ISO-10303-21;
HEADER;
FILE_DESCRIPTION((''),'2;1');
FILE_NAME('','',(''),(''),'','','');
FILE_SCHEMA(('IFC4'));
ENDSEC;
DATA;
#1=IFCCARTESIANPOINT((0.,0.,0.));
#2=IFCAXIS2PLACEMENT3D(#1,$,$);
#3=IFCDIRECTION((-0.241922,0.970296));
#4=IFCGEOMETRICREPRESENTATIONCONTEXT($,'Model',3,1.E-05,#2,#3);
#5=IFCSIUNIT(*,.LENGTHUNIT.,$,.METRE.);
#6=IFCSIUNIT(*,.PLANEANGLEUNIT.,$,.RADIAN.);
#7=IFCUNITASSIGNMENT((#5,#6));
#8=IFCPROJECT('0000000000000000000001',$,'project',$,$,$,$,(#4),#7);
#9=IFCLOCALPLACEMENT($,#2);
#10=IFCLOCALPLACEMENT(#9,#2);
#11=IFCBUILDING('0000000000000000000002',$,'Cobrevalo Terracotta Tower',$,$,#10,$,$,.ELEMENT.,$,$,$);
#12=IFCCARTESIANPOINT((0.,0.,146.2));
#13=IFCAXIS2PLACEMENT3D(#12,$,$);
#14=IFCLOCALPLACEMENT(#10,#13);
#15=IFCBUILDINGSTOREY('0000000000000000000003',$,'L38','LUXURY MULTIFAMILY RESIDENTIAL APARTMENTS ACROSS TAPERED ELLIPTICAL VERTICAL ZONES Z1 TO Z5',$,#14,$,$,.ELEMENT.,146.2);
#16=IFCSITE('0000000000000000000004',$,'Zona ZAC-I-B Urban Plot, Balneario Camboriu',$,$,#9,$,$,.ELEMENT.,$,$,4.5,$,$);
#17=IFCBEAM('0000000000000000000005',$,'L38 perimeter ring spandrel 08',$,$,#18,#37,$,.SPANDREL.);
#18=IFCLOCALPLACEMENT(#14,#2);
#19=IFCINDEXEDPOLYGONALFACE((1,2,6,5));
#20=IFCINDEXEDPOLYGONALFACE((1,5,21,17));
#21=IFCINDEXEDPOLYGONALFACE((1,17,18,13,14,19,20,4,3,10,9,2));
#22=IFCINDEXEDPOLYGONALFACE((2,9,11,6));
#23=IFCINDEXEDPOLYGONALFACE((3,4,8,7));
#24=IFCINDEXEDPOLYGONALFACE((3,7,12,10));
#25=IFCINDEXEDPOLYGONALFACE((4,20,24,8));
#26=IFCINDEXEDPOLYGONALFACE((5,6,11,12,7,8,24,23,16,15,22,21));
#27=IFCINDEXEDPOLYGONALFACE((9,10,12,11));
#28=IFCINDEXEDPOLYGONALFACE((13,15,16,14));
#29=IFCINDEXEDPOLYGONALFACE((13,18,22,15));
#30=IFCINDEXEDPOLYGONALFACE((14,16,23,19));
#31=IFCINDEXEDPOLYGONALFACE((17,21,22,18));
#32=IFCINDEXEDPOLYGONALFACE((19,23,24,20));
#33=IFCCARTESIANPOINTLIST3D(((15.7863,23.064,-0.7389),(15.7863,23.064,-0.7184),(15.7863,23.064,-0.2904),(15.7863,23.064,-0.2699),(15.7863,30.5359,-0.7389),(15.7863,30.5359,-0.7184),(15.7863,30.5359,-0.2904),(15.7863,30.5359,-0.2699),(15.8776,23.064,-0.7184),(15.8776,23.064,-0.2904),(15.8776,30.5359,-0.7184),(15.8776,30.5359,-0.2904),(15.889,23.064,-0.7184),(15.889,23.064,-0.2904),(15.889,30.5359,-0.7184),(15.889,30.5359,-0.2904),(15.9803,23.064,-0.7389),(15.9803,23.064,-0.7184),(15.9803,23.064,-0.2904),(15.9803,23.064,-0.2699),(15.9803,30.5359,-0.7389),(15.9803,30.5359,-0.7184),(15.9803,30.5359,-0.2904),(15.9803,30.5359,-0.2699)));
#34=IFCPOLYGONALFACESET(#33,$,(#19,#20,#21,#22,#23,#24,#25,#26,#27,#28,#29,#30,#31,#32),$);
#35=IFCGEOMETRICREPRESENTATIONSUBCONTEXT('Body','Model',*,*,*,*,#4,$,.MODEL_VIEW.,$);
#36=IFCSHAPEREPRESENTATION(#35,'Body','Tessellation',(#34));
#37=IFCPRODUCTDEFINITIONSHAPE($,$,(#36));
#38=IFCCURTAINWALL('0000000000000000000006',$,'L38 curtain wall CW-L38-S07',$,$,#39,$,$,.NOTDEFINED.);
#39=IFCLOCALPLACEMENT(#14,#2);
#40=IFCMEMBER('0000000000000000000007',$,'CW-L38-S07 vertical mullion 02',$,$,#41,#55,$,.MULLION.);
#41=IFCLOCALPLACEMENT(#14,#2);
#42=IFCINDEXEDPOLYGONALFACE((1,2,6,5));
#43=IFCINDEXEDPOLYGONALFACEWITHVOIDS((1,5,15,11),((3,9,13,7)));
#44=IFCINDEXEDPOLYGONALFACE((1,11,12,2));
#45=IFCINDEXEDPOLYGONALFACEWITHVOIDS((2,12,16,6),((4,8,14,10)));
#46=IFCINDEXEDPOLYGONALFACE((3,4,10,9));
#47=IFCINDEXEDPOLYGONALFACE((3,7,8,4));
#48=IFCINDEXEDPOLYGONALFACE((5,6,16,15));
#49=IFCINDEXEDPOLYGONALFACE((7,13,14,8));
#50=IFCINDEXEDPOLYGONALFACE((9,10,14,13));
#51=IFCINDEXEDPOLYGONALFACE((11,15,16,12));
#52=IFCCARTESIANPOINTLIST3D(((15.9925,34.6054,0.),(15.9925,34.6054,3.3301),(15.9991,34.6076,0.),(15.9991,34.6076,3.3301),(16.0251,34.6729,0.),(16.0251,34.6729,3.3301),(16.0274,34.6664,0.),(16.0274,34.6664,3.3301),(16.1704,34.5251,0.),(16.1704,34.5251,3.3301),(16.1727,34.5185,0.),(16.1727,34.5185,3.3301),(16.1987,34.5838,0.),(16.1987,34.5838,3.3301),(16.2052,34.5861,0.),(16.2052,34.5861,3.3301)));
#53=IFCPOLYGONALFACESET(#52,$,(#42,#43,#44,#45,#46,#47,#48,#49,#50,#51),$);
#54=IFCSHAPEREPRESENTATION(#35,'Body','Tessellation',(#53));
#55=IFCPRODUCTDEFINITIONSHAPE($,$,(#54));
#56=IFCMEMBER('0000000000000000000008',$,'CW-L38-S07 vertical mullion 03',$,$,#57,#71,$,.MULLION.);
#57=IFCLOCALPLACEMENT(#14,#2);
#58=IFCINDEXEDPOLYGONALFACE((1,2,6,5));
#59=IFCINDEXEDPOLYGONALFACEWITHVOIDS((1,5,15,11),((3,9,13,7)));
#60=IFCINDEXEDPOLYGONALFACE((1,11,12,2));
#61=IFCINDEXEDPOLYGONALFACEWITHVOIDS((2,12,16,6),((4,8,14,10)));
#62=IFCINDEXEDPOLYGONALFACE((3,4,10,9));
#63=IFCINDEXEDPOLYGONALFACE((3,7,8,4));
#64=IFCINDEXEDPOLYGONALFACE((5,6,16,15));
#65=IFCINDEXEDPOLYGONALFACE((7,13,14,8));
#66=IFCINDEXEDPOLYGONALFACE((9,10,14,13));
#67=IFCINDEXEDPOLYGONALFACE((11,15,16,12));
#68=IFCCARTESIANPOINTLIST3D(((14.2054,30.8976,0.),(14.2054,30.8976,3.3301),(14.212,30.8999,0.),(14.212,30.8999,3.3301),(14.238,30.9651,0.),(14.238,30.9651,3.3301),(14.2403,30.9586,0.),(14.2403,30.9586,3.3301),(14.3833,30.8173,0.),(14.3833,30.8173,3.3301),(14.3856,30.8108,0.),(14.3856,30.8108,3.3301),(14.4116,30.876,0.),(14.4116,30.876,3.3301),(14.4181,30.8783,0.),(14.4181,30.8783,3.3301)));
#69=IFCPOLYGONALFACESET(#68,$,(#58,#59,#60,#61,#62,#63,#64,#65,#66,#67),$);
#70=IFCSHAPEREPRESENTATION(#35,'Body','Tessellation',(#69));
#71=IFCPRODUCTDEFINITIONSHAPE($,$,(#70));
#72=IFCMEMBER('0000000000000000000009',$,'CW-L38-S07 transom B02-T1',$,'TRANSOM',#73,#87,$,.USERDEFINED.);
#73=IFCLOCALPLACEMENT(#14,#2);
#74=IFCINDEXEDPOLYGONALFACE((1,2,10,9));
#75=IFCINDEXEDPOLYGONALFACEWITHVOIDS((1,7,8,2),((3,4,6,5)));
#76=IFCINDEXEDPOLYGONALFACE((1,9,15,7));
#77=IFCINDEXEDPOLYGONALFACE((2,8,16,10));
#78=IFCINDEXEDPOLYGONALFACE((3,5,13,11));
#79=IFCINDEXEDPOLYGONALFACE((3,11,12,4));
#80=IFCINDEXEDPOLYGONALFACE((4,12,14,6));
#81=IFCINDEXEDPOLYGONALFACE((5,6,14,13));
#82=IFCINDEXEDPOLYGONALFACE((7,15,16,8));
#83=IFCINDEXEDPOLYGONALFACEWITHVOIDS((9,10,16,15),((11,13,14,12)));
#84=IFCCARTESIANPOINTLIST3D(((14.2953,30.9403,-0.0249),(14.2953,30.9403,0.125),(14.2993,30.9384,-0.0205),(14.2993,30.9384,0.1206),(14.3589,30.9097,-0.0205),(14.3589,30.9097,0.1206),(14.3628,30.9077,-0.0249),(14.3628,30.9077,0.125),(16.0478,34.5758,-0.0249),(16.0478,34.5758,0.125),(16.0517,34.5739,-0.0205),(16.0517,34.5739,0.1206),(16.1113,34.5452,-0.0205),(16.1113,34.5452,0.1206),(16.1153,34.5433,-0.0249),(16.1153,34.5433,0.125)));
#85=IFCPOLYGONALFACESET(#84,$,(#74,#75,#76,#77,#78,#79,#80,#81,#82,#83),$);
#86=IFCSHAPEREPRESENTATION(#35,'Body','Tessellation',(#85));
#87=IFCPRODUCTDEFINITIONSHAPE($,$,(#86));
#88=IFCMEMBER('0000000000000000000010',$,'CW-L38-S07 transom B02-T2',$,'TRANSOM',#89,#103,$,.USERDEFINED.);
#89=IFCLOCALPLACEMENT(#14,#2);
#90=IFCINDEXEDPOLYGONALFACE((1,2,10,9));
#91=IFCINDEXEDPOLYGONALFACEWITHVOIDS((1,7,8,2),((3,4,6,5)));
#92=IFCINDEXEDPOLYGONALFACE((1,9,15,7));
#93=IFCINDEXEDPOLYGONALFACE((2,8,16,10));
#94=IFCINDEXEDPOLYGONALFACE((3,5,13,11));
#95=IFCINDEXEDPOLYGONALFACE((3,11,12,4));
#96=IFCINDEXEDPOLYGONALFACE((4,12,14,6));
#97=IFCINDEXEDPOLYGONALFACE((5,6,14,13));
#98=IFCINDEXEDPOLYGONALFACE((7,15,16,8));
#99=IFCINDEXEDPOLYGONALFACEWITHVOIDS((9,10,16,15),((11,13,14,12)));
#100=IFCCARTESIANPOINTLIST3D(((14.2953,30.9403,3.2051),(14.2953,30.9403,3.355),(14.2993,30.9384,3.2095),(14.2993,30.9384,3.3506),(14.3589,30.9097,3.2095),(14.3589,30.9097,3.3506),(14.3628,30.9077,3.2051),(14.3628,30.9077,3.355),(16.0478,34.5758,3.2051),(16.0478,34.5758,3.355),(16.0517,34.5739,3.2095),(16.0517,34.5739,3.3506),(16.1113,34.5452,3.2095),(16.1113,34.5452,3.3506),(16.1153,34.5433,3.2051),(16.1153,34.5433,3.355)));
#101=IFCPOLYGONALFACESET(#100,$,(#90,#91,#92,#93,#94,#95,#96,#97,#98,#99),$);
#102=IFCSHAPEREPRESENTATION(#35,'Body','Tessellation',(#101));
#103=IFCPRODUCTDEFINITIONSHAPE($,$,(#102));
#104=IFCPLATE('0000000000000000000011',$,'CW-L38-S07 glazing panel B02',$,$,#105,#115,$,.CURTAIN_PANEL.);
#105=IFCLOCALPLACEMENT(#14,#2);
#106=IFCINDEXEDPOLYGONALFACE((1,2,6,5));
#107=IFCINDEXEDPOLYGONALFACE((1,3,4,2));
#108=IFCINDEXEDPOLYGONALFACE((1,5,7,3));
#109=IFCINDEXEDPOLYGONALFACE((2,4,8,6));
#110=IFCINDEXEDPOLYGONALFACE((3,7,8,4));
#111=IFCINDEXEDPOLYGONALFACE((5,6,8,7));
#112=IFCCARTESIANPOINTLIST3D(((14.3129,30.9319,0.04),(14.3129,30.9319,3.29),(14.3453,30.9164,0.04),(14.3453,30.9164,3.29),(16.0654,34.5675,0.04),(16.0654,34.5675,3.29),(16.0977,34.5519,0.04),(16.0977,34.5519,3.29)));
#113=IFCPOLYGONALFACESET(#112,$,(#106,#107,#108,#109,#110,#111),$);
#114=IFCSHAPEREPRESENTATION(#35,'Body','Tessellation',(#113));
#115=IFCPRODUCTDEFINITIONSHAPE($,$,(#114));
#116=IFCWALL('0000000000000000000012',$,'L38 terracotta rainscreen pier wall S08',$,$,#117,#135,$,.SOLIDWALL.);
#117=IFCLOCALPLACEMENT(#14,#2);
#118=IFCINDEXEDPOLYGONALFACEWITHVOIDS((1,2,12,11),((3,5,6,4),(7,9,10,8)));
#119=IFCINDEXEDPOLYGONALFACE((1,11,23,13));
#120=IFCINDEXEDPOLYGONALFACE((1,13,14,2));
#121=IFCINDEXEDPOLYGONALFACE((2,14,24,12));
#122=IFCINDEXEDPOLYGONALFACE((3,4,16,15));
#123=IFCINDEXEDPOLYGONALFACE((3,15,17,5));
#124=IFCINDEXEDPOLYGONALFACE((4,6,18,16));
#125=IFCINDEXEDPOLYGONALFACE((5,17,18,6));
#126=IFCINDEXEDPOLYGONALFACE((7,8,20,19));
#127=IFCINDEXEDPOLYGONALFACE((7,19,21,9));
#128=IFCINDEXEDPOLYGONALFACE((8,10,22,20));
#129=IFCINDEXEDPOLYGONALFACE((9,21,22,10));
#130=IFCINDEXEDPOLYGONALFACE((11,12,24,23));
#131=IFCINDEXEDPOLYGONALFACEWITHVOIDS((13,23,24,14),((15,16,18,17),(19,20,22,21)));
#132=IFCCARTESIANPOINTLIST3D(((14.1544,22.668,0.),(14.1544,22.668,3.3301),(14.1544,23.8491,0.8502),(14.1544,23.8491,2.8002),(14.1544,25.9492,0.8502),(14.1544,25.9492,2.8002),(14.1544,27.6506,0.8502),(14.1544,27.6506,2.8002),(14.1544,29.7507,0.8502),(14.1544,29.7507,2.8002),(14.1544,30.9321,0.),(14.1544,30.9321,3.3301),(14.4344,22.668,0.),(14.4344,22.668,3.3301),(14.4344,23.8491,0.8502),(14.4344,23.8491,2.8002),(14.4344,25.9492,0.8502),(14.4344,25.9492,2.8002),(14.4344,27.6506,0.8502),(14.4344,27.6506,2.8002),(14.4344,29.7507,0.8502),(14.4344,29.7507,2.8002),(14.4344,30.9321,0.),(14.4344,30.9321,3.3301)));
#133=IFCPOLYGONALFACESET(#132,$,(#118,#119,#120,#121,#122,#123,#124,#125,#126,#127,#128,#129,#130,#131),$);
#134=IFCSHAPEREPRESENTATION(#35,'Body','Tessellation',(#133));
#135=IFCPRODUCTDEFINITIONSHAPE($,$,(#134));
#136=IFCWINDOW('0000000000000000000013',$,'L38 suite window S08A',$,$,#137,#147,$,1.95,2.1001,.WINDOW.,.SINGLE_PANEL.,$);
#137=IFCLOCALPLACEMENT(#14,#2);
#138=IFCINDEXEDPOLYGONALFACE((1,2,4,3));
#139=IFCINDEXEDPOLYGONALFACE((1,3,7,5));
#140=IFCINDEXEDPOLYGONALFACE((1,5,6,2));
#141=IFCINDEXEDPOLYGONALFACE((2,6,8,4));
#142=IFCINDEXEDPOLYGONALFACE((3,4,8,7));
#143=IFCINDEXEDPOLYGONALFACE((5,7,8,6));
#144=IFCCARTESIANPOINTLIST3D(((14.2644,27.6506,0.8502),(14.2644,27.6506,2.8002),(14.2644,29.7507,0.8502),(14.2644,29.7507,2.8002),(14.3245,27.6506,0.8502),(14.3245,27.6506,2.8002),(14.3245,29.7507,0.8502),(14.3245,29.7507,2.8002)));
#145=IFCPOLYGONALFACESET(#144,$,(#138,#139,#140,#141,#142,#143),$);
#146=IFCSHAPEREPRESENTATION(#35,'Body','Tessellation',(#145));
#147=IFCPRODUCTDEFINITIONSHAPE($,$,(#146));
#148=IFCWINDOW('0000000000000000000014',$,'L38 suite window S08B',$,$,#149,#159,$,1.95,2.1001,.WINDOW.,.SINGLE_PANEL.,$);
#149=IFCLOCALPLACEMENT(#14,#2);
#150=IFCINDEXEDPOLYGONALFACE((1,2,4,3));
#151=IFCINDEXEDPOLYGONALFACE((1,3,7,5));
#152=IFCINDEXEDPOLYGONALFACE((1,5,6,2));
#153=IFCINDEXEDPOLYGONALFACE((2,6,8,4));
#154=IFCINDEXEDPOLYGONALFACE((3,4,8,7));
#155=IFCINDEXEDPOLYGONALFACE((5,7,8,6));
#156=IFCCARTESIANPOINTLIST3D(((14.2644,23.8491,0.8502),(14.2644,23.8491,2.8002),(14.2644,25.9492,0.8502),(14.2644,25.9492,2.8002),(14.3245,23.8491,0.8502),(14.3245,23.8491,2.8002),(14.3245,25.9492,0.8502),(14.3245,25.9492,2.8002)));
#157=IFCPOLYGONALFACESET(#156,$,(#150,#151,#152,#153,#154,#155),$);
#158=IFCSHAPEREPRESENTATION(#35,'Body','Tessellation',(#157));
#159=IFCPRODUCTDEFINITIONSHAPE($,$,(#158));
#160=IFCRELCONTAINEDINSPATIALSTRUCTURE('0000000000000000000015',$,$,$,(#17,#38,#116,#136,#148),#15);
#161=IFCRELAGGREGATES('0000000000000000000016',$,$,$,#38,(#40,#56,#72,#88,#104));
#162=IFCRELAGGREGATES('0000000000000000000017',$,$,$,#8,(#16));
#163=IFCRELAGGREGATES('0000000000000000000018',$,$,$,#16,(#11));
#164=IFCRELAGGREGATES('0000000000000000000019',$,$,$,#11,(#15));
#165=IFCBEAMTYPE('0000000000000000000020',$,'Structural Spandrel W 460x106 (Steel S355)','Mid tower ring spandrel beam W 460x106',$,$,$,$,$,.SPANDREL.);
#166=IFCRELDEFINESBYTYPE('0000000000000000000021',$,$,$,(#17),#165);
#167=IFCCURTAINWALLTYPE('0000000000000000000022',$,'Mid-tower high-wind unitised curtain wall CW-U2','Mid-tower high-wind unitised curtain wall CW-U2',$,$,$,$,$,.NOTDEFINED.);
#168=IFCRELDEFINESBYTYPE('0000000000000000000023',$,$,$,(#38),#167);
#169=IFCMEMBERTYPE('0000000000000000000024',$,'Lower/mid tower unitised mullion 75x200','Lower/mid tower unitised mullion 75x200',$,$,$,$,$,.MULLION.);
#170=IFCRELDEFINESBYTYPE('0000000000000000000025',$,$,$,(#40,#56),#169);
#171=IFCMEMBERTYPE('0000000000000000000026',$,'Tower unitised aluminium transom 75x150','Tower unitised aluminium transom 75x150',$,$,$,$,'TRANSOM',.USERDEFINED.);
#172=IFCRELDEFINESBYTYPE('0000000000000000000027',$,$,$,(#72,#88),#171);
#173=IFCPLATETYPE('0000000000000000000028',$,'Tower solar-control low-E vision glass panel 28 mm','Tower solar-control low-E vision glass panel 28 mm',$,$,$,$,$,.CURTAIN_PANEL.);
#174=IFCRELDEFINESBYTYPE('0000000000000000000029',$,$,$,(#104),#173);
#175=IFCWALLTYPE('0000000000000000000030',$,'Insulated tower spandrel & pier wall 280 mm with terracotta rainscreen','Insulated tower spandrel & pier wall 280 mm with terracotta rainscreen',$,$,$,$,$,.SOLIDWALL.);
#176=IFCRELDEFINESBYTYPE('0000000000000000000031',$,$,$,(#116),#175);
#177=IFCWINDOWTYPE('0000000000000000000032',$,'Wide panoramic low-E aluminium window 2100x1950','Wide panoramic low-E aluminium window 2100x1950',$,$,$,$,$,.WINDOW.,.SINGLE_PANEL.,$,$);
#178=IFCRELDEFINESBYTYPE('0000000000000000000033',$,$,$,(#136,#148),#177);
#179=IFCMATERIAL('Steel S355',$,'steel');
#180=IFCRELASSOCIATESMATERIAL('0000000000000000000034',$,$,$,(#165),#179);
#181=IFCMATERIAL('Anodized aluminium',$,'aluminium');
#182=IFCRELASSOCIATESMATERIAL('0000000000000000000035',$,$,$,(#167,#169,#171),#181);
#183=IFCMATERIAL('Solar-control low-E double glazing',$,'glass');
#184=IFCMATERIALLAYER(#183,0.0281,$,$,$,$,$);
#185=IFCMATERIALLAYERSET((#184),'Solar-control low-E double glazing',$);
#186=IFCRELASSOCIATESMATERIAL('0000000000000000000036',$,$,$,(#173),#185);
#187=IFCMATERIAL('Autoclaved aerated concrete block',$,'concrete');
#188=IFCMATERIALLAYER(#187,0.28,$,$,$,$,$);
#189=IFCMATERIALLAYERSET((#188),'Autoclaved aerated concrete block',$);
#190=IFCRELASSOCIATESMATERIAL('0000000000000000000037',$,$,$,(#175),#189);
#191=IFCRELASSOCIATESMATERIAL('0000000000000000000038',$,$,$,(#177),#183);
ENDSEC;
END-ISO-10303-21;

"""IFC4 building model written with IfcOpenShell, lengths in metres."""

from ifc_helpers import new_model, si_unit, direction, frame, frame_2d, origin, origin_2d, place, context, subcontext, project, spatial, rectangle, hollow_rectangle, i_section, extrude, source, transform, mapped, material, layer, layer_set, material_profile, profile_set, type_object, element, fill, aggregate, save


model = new_model("IFC4")

# Units and contexts
model_context = context("Model", 3, precision=1e-05, world=origin(), true_north=direction((-0.241922, 0.970296)))
body_context = subcontext(model_context, "Body", "Model", "MODEL_VIEW")
ifc_project = project(units=[si_unit("LENGTHUNIT", "METRE"), si_unit("PLANEANGLEUNIT", "RADIAN")], contexts=[model_context])

# Site, building, storey
site_placement = place(None, origin())
site = spatial("IfcSite", under=ifc_project, at=site_placement, Name="Zona ZAC-I-B Urban Plot, Balneario Camboriu", CompositionType="ELEMENT", RefElevation=4.5)
building_placement = place(site_placement, origin())
building = spatial("IfcBuilding", under=site, at=building_placement, Name="Cobrevalo Terracotta Tower", CompositionType="ELEMENT")
storey_placement = place(building_placement, frame((0.0, 0.0, 146.2)))
storey = spatial("IfcBuildingStorey", under=building, at=storey_placement, Name="L38", Description="LUXURY MULTIFAMILY RESIDENTIAL APARTMENTS ACROSS TAPERED ELLIPTICAL VERTICAL ZONES Z1 TO Z5", CompositionType="ELEMENT", Elevation=146.2)

# Shared definitions
ifc_material_1 = material(Name="Steel S355", Category="steel")

# Beam
ifc_material_profile_1 = material_profile(ifc_material_1, i_section(OverallWidth=0.1941, OverallDepth=0.469, WebThickness=0.0115, FlangeThickness=0.0205, at=origin_2d()), Name="W 460x106")
ifc_profile_set_1 = profile_set([ifc_material_profile_1], Name="Steel S355")
beam_type_1 = type_object("IfcBeamType", Name="Structural Spandrel W 460x106 (Steel S355)", Description="Mid tower ring spandrel beam W 460x106", PredefinedType="SPANDREL", material=ifc_profile_set_1)
beam_1_placement = place(storey_placement, frame((15.8833, 30.5359, -0.5044), z_axis=(0.0, -1.0, 0.0), x_axis=(1.0, 0.0, 0.0)))
element("IfcBeam", 1, at=beam_1_placement, inside=storey, type_object=beam_type_1, Name="L38 perimeter ring spandrel 08", PredefinedType="SPANDREL", context=body_context, shape_type="SweptSolid", body=[
    extrude(i_section(OverallWidth=0.1941, OverallDepth=0.469, WebThickness=0.0115, FlangeThickness=0.0205, at=origin_2d()), origin(), (0.0, 0.0, 1.0), 7.4719),
])

# Curtain wall, members, plate
ifc_material_2 = material(Name="Anodized aluminium", Category="aluminium")
curtain_wall_type = type_object("IfcCurtainWallType", Name="Mid-tower high-wind unitised curtain wall CW-U2", Description="Mid-tower high-wind unitised curtain wall CW-U2", PredefinedType="NOTDEFINED", material=ifc_material_2)
curtain_wall_placement = place(storey_placement, origin())
curtain_wall = element("IfcCurtainWall", 2, at=curtain_wall_placement, inside=storey, type_object=curtain_wall_type, Name="L38 curtain wall CW-L38-S07", PredefinedType="NOTDEFINED")
ifc_material_profile_2 = material_profile(ifc_material_2, hollow_rectangle(XDim=0.075, YDim=0.2, WallThickness=0.0049, at=origin_2d()), Name="CWM 75x200")
ifc_profile_set_2 = profile_set([ifc_material_profile_2], Name="Anodized aluminium")
member_type_1 = type_object("IfcMemberType", Name="Lower/mid tower unitised mullion 75x200", Description="Lower/mid tower unitised mullion 75x200", PredefinedType="MULLION", material=ifc_profile_set_2)
shared_shape_1 = source(origin(), body_context, "Body", "SweptSolid", [
    extrude(hollow_rectangle(XDim=0.075, YDim=0.2, WallThickness=0.0049, at=origin_2d()), origin(), (0.0, 0.0, 1.0), 3.3301),
])
member_1_placement = place(storey_placement, frame((16.0989, 34.5957, 0.0), z_axis=(0.0, 0.0, 1.0), x_axis=(-0.434209, -0.900812, 0.0)))
member_1 = element("IfcMember", 3, at=member_1_placement, type_object=member_type_1, Name="CW-L38-S07 vertical mullion 02", PredefinedType="MULLION", context=body_context, shape_type="MappedRepresentation", body=[
    mapped(shared_shape_1, transform((0.0, 0.0, 0.0), scale=1.0)),
])
member_2_placement = place(storey_placement, frame((14.3118, 30.8879, 0.0), z_axis=(0.0, 0.0, 1.0), x_axis=(-0.434209, -0.900812, 0.0)))
member_2 = element("IfcMember", 4, at=member_2_placement, type_object=member_type_1, Name="CW-L38-S07 vertical mullion 03", PredefinedType="MULLION", context=body_context, shape_type="MappedRepresentation", body=[
    mapped(shared_shape_1, transform((0.0, 0.0, 0.0), scale=1.0)),
])
ifc_material_profile_3 = material_profile(ifc_material_2, hollow_rectangle(XDim=0.075, YDim=0.1499, WallThickness=0.0044, at=origin_2d()), Name="CWT 75x150")
ifc_profile_set_3 = profile_set([ifc_material_profile_3], Name="Anodized aluminium")
member_type_2 = type_object("IfcMemberType", Name="Tower unitised aluminium transom 75x150", Description="Tower unitised aluminium transom 75x150", ElementType="TRANSOM", PredefinedType="USERDEFINED", material=ifc_profile_set_3)
shared_shape_2 = source(origin(), body_context, "Body", "SweptSolid", [
    extrude(hollow_rectangle(XDim=0.075, YDim=0.1499, WallThickness=0.0044, at=origin_2d()), origin(), (0.0, 0.0, 1.0), 4.0359),
])
member_3_placement = place(storey_placement, frame((16.0815, 34.5596, 0.05), z_axis=(-0.434221, -0.900806, 0.0), x_axis=(0.900806, -0.434221, 0.0)))
member_3 = element("IfcMember", 5, at=member_3_placement, type_object=member_type_2, Name="CW-L38-S07 transom B02-T1", ObjectType="TRANSOM", PredefinedType="USERDEFINED", context=body_context, shape_type="MappedRepresentation", body=[
    mapped(shared_shape_2, transform((0.0, 0.0, 0.0), scale=1.0)),
])
member_4_placement = place(storey_placement, frame((16.0815, 34.5596, 3.28), z_axis=(-0.434221, -0.900806, 0.0), x_axis=(0.900806, -0.434221, 0.0)))
member_4 = element("IfcMember", 6, at=member_4_placement, type_object=member_type_2, Name="CW-L38-S07 transom B02-T2", ObjectType="TRANSOM", PredefinedType="USERDEFINED", context=body_context, shape_type="MappedRepresentation", body=[
    mapped(shared_shape_2, transform((0.0, 0.0, 0.0), scale=1.0)),
])
ifc_material_3 = material(Name="Solar-control low-E double glazing", Category="glass")
ifc_layer_1 = layer(ifc_material_3, 0.0281)
ifc_layer_set_1 = layer_set([ifc_layer_1], Name="Solar-control low-E double glazing")
plate_type = type_object("IfcPlateType", Name="Tower solar-control low-E vision glass panel 28 mm", Description="Tower solar-control low-E vision glass panel 28 mm", PredefinedType="CURTAIN_PANEL", material=ifc_layer_set_1)
shared_shape_3 = source(origin(), body_context, "Body", "SweptSolid", [
    extrude(rectangle(XDim=4.0359, YDim=0.0359, at=origin_2d()), origin(), (0.0, 0.0, 1.0), 3.25),
])
plate_placement = place(storey_placement, frame((15.2053, 32.7419, 0.04), z_axis=(0.0, 0.0, 1.0), x_axis=(-0.434209, -0.900812, 0.0)))
plate = element("IfcPlate", 7, at=plate_placement, type_object=plate_type, Name="CW-L38-S07 glazing panel B02", PredefinedType="CURTAIN_PANEL", context=body_context, shape_type="MappedRepresentation", body=[
    mapped(shared_shape_3, transform((0.0, 0.0, 0.0), scale=1.0)),
])
aggregate(curtain_wall, [member_1, member_2, member_3, member_4, plate])

# Wall, openings, windows
ifc_material_4 = material(Name="Autoclaved aerated concrete block", Category="concrete")
ifc_layer_2 = layer(ifc_material_4, 0.28)
ifc_layer_set_2 = layer_set([ifc_layer_2], Name="Autoclaved aerated concrete block")
wall_type_1 = type_object("IfcWallType", Name="Insulated tower spandrel & pier wall 280 mm with terracotta rainscreen", Description="Insulated tower spandrel & pier wall 280 mm with terracotta rainscreen", PredefinedType="SOLIDWALL", material=ifc_layer_set_2)
wall_1_placement = place(storey_placement, frame((14.2944, 30.9321, 0.0), z_axis=(0.0, 0.0, 1.0), x_axis=(0.0, -1.0, 0.0)))
wall_1 = element("IfcWall", 8, at=wall_1_placement, inside=storey, type_object=wall_type_1, Name="L38 terracotta rainscreen pier wall S08", PredefinedType="SOLIDWALL", context=body_context, shape_type="SweptSolid", body=[
    extrude(rectangle(XDim=8.2642, YDim=0.28, at=frame_2d((4.1321, 0.0))), origin(), (0.0, 0.0, 1.0), 3.3301),
])
opening_1_placement = place(wall_1_placement, frame((1.1814, 0.0, 0.8501)))
opening_1 = element("IfcOpeningElement", 9, at=opening_1_placement, cuts=wall_1, PredefinedType="OPENING", context=body_context, shape_type="SweptSolid", body=[
    extrude(rectangle(XDim=2.1001, YDim=1.95, at=frame_2d((1.05, 0.9751))), frame((0.0, 0.1499, 0.0), z_axis=(0.0, -1.0, 0.0), x_axis=(1.0, 0.0, 0.0)), (0.0, 0.0, 1.0), 0.3),
])
opening_2_placement = place(wall_1_placement, frame((4.9829, 0.0, 0.8501)))
opening_2 = element("IfcOpeningElement", 10, at=opening_2_placement, cuts=wall_1, PredefinedType="OPENING", context=body_context, shape_type="SweptSolid", body=[
    extrude(rectangle(XDim=2.1001, YDim=1.95, at=frame_2d((1.05, 0.9751))), frame((0.0, 0.1499, 0.0), z_axis=(0.0, -1.0, 0.0), x_axis=(1.0, 0.0, 0.0)), (0.0, 0.0, 1.0), 0.3),
])
window_type = type_object("IfcWindowType", Name="Wide panoramic low-E aluminium window 2100x1950", Description="Wide panoramic low-E aluminium window 2100x1950", PartitioningType="SINGLE_PANEL", PredefinedType="WINDOW", material=ifc_material_3)
shared_shape_4 = source(origin(), body_context, "Body", "SweptSolid", [
    extrude(rectangle(XDim=2.1001, YDim=1.95, at=frame_2d((1.05, 0.9751))), frame((0.0, 0.03, 0.0), z_axis=(0.0, -1.0, 0.0), x_axis=(1.0, 0.0, 0.0)), (0.0, 0.0, 1.0), 0.0601),
])
window_1_placement = place(opening_1_placement, origin())
window_1 = element("IfcWindow", 11, at=window_1_placement, inside=storey, type_object=window_type, Name="L38 suite window S08A", OverallHeight=1.95, OverallWidth=2.1001, PartitioningType="SINGLE_PANEL", PredefinedType="WINDOW", context=body_context, shape_type="MappedRepresentation", body=[
    mapped(shared_shape_4, transform((0.0, 0.0, 0.0), scale=1.0)),
])
fill(opening_1, window_1)
window_2_placement = place(opening_2_placement, origin())
window_2 = element("IfcWindow", 12, at=window_2_placement, inside=storey, type_object=window_type, Name="L38 suite window S08B", OverallHeight=1.95, OverallWidth=2.1001, PartitioningType="SINGLE_PANEL", PredefinedType="WINDOW", context=body_context, shape_type="MappedRepresentation", body=[
    mapped(shared_shape_4, transform((0.0, 0.0, 0.0), scale=1.0)),
])
fill(opening_2, window_2)

save(model, "model.ifc")
